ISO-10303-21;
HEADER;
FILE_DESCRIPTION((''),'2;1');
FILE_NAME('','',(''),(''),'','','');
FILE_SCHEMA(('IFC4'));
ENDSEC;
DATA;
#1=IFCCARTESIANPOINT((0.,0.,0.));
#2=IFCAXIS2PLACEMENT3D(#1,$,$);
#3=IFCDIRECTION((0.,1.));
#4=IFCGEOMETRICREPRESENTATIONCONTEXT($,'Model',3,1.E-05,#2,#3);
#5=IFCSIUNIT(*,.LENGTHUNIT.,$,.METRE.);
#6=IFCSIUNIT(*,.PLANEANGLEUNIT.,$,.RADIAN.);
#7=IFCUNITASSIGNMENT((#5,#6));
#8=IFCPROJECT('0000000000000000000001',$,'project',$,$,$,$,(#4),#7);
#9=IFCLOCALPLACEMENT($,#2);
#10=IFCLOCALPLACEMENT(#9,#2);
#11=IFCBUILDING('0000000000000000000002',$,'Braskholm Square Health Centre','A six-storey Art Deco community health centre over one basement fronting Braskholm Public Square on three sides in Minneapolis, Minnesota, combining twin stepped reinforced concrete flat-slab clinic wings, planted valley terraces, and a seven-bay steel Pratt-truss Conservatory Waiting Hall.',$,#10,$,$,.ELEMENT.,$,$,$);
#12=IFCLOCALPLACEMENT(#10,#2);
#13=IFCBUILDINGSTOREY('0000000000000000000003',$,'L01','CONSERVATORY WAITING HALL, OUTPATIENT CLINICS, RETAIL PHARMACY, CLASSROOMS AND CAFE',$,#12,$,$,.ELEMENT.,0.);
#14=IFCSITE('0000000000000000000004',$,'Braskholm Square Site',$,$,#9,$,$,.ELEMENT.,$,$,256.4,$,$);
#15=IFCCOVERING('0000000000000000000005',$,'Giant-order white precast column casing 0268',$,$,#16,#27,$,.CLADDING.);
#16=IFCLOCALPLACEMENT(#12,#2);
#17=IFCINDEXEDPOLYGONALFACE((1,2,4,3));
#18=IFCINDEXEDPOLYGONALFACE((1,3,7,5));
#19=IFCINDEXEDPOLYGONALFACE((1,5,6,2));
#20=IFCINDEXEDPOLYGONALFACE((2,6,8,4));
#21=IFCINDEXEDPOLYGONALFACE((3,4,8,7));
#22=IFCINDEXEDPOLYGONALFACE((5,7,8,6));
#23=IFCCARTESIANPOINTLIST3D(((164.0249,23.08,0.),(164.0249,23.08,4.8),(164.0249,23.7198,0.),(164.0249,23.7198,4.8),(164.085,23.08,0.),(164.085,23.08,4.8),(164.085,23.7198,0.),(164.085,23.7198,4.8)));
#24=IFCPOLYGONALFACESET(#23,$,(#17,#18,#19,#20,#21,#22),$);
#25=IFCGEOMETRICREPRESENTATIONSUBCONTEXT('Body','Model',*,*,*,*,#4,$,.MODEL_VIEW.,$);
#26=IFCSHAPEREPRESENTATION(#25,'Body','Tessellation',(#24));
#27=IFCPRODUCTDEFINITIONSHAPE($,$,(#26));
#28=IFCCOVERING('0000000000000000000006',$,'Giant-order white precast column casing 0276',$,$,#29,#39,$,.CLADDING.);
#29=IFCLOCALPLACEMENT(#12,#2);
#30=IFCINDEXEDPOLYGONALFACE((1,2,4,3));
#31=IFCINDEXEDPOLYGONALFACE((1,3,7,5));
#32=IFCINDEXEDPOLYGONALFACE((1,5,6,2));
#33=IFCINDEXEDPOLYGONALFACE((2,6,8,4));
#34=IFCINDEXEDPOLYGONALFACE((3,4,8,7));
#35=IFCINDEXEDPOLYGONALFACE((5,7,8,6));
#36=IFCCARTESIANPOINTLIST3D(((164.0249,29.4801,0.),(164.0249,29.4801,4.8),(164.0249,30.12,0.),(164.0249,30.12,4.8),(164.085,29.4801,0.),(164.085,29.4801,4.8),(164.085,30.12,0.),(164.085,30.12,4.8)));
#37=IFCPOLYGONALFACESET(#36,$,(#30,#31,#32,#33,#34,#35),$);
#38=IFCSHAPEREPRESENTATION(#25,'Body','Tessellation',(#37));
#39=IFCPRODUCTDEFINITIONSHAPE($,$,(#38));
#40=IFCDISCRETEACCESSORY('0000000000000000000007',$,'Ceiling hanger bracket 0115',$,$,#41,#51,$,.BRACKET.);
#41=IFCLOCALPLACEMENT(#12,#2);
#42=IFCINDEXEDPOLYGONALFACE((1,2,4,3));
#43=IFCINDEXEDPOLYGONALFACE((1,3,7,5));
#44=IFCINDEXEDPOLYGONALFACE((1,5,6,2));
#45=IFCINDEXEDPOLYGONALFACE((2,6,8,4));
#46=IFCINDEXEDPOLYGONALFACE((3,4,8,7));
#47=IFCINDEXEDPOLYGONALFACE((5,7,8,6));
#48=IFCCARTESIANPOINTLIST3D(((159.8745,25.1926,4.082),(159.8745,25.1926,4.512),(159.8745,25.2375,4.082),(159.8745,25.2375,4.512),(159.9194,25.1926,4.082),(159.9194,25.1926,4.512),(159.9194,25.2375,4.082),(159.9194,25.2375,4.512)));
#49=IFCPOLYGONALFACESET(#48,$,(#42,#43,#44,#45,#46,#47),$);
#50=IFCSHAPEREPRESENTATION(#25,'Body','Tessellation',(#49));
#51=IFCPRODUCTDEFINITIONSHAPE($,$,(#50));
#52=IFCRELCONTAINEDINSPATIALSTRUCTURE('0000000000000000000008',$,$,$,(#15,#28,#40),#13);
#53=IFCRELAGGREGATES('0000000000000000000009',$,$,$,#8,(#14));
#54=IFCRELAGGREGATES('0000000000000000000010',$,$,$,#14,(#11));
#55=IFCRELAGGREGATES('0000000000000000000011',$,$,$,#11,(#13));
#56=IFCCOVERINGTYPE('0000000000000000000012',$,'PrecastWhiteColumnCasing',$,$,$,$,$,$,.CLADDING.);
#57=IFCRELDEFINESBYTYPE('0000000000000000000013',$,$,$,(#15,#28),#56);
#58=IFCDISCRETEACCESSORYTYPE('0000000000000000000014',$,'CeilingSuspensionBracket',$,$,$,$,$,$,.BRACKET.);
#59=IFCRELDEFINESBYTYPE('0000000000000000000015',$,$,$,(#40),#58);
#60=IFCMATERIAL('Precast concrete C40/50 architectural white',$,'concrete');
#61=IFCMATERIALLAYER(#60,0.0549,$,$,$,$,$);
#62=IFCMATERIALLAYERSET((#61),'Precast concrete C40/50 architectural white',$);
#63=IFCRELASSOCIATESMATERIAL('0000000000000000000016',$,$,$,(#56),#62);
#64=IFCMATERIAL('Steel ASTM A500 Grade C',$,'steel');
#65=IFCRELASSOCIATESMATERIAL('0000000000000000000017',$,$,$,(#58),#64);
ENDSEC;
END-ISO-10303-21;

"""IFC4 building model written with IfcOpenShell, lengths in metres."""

from ifc_helpers import new_model, si_unit, direction, frame, origin, origin_2d, place, context, subcontext, project, spatial, rectangle, extrude, material, layer, layer_set, type_object, element, save


model = new_model("IFC4")

# Units and contexts
model_context = context("Model", 3, precision=1e-05, world=origin(), true_north=direction((0.0, 1.0)))
body_context = subcontext(model_context, "Body", "Model", "MODEL_VIEW")
ifc_project = project(units=[si_unit("LENGTHUNIT", "METRE"), si_unit("PLANEANGLEUNIT", "RADIAN")], contexts=[model_context])

# Site, building, storey
site_placement = place(None, origin())
site = spatial("IfcSite", under=ifc_project, at=site_placement, Name="Braskholm Square Site", CompositionType="ELEMENT", RefElevation=256.4)
building_placement = place(site_placement, origin())
building = spatial("IfcBuilding", under=site, at=building_placement, Name="Braskholm Square Health Centre", Description="A six-storey Art Deco community health centre over one basement fronting Braskholm Public Square on three sides in Minneapolis, Minnesota, combining twin stepped reinforced concrete flat-slab clinic wings, planted valley terraces, and a seven-bay steel Pratt-truss Conservatory Waiting Hall.", CompositionType="ELEMENT")
storey_placement = place(building_placement, origin())
storey = spatial("IfcBuildingStorey", under=building, at=storey_placement, Name="L01", Description="CONSERVATORY WAITING HALL, OUTPATIENT CLINICS, RETAIL PHARMACY, CLASSROOMS AND CAFE", CompositionType="ELEMENT", Elevation=0.0)

# Shared definitions
ifc_material_1 = material(Name="Precast concrete C40/50 architectural white", Category="concrete")

# Coverings
ifc_layer_1 = layer(ifc_material_1, 0.0549)
ifc_layer_set_1 = layer_set([ifc_layer_1], Name="Precast concrete C40/50 architectural white")
covering_type_1 = type_object("IfcCoveringType", Name="PrecastWhiteColumnCasing", PredefinedType="CLADDING", material=ifc_layer_set_1)
for number, where, z_axis, x_axis, name in (
    (1, (164.0549, 23.3999, 0.0), (0.0, 0.0, 1.0), (1.0, 0.0, 0.0), "Giant-order white precast column casing 0268"),
    (2, (164.0549, 29.8, 0.0), (0.0, 0.0, 1.0), (1.0, 0.0, 0.0), "Giant-order white precast column casing 0276"),
):
    element("IfcCovering", number, at=place(storey_placement, frame(where, z_axis=z_axis, x_axis=x_axis)), inside=storey, type_object=covering_type_1, Name=name, PredefinedType="CLADDING", context=body_context, shape_type="SweptSolid", body=[
        extrude(rectangle(XDim=0.0601, YDim=0.6399, at=origin_2d()), origin(), (0.0, 0.0, 1.0), 4.8),
    ])

# Discrete accessory
ifc_material_2 = material(Name="Steel ASTM A500 Grade C", Category="steel")
discrete_accessory_type = type_object("IfcDiscreteAccessoryType", Name="CeilingSuspensionBracket", PredefinedType="BRACKET", material=ifc_material_2)
discrete_accessory_placement = place(storey_placement, frame((159.897, 25.2151, 4.082), z_axis=(0.0, 0.0, 1.0), x_axis=(1.0, 0.0, 0.0)))
element("IfcDiscreteAccessory", 3, at=discrete_accessory_placement, inside=storey, type_object=discrete_accessory_type, Name="Ceiling hanger bracket 0115", PredefinedType="BRACKET", context=body_context, shape_type="SweptSolid", body=[
    extrude(rectangle(XDim=0.0449, YDim=0.0449, at=origin_2d()), origin(), (0.0, 0.0, 1.0), 0.4299),
])

save(model, "model.ifc")
